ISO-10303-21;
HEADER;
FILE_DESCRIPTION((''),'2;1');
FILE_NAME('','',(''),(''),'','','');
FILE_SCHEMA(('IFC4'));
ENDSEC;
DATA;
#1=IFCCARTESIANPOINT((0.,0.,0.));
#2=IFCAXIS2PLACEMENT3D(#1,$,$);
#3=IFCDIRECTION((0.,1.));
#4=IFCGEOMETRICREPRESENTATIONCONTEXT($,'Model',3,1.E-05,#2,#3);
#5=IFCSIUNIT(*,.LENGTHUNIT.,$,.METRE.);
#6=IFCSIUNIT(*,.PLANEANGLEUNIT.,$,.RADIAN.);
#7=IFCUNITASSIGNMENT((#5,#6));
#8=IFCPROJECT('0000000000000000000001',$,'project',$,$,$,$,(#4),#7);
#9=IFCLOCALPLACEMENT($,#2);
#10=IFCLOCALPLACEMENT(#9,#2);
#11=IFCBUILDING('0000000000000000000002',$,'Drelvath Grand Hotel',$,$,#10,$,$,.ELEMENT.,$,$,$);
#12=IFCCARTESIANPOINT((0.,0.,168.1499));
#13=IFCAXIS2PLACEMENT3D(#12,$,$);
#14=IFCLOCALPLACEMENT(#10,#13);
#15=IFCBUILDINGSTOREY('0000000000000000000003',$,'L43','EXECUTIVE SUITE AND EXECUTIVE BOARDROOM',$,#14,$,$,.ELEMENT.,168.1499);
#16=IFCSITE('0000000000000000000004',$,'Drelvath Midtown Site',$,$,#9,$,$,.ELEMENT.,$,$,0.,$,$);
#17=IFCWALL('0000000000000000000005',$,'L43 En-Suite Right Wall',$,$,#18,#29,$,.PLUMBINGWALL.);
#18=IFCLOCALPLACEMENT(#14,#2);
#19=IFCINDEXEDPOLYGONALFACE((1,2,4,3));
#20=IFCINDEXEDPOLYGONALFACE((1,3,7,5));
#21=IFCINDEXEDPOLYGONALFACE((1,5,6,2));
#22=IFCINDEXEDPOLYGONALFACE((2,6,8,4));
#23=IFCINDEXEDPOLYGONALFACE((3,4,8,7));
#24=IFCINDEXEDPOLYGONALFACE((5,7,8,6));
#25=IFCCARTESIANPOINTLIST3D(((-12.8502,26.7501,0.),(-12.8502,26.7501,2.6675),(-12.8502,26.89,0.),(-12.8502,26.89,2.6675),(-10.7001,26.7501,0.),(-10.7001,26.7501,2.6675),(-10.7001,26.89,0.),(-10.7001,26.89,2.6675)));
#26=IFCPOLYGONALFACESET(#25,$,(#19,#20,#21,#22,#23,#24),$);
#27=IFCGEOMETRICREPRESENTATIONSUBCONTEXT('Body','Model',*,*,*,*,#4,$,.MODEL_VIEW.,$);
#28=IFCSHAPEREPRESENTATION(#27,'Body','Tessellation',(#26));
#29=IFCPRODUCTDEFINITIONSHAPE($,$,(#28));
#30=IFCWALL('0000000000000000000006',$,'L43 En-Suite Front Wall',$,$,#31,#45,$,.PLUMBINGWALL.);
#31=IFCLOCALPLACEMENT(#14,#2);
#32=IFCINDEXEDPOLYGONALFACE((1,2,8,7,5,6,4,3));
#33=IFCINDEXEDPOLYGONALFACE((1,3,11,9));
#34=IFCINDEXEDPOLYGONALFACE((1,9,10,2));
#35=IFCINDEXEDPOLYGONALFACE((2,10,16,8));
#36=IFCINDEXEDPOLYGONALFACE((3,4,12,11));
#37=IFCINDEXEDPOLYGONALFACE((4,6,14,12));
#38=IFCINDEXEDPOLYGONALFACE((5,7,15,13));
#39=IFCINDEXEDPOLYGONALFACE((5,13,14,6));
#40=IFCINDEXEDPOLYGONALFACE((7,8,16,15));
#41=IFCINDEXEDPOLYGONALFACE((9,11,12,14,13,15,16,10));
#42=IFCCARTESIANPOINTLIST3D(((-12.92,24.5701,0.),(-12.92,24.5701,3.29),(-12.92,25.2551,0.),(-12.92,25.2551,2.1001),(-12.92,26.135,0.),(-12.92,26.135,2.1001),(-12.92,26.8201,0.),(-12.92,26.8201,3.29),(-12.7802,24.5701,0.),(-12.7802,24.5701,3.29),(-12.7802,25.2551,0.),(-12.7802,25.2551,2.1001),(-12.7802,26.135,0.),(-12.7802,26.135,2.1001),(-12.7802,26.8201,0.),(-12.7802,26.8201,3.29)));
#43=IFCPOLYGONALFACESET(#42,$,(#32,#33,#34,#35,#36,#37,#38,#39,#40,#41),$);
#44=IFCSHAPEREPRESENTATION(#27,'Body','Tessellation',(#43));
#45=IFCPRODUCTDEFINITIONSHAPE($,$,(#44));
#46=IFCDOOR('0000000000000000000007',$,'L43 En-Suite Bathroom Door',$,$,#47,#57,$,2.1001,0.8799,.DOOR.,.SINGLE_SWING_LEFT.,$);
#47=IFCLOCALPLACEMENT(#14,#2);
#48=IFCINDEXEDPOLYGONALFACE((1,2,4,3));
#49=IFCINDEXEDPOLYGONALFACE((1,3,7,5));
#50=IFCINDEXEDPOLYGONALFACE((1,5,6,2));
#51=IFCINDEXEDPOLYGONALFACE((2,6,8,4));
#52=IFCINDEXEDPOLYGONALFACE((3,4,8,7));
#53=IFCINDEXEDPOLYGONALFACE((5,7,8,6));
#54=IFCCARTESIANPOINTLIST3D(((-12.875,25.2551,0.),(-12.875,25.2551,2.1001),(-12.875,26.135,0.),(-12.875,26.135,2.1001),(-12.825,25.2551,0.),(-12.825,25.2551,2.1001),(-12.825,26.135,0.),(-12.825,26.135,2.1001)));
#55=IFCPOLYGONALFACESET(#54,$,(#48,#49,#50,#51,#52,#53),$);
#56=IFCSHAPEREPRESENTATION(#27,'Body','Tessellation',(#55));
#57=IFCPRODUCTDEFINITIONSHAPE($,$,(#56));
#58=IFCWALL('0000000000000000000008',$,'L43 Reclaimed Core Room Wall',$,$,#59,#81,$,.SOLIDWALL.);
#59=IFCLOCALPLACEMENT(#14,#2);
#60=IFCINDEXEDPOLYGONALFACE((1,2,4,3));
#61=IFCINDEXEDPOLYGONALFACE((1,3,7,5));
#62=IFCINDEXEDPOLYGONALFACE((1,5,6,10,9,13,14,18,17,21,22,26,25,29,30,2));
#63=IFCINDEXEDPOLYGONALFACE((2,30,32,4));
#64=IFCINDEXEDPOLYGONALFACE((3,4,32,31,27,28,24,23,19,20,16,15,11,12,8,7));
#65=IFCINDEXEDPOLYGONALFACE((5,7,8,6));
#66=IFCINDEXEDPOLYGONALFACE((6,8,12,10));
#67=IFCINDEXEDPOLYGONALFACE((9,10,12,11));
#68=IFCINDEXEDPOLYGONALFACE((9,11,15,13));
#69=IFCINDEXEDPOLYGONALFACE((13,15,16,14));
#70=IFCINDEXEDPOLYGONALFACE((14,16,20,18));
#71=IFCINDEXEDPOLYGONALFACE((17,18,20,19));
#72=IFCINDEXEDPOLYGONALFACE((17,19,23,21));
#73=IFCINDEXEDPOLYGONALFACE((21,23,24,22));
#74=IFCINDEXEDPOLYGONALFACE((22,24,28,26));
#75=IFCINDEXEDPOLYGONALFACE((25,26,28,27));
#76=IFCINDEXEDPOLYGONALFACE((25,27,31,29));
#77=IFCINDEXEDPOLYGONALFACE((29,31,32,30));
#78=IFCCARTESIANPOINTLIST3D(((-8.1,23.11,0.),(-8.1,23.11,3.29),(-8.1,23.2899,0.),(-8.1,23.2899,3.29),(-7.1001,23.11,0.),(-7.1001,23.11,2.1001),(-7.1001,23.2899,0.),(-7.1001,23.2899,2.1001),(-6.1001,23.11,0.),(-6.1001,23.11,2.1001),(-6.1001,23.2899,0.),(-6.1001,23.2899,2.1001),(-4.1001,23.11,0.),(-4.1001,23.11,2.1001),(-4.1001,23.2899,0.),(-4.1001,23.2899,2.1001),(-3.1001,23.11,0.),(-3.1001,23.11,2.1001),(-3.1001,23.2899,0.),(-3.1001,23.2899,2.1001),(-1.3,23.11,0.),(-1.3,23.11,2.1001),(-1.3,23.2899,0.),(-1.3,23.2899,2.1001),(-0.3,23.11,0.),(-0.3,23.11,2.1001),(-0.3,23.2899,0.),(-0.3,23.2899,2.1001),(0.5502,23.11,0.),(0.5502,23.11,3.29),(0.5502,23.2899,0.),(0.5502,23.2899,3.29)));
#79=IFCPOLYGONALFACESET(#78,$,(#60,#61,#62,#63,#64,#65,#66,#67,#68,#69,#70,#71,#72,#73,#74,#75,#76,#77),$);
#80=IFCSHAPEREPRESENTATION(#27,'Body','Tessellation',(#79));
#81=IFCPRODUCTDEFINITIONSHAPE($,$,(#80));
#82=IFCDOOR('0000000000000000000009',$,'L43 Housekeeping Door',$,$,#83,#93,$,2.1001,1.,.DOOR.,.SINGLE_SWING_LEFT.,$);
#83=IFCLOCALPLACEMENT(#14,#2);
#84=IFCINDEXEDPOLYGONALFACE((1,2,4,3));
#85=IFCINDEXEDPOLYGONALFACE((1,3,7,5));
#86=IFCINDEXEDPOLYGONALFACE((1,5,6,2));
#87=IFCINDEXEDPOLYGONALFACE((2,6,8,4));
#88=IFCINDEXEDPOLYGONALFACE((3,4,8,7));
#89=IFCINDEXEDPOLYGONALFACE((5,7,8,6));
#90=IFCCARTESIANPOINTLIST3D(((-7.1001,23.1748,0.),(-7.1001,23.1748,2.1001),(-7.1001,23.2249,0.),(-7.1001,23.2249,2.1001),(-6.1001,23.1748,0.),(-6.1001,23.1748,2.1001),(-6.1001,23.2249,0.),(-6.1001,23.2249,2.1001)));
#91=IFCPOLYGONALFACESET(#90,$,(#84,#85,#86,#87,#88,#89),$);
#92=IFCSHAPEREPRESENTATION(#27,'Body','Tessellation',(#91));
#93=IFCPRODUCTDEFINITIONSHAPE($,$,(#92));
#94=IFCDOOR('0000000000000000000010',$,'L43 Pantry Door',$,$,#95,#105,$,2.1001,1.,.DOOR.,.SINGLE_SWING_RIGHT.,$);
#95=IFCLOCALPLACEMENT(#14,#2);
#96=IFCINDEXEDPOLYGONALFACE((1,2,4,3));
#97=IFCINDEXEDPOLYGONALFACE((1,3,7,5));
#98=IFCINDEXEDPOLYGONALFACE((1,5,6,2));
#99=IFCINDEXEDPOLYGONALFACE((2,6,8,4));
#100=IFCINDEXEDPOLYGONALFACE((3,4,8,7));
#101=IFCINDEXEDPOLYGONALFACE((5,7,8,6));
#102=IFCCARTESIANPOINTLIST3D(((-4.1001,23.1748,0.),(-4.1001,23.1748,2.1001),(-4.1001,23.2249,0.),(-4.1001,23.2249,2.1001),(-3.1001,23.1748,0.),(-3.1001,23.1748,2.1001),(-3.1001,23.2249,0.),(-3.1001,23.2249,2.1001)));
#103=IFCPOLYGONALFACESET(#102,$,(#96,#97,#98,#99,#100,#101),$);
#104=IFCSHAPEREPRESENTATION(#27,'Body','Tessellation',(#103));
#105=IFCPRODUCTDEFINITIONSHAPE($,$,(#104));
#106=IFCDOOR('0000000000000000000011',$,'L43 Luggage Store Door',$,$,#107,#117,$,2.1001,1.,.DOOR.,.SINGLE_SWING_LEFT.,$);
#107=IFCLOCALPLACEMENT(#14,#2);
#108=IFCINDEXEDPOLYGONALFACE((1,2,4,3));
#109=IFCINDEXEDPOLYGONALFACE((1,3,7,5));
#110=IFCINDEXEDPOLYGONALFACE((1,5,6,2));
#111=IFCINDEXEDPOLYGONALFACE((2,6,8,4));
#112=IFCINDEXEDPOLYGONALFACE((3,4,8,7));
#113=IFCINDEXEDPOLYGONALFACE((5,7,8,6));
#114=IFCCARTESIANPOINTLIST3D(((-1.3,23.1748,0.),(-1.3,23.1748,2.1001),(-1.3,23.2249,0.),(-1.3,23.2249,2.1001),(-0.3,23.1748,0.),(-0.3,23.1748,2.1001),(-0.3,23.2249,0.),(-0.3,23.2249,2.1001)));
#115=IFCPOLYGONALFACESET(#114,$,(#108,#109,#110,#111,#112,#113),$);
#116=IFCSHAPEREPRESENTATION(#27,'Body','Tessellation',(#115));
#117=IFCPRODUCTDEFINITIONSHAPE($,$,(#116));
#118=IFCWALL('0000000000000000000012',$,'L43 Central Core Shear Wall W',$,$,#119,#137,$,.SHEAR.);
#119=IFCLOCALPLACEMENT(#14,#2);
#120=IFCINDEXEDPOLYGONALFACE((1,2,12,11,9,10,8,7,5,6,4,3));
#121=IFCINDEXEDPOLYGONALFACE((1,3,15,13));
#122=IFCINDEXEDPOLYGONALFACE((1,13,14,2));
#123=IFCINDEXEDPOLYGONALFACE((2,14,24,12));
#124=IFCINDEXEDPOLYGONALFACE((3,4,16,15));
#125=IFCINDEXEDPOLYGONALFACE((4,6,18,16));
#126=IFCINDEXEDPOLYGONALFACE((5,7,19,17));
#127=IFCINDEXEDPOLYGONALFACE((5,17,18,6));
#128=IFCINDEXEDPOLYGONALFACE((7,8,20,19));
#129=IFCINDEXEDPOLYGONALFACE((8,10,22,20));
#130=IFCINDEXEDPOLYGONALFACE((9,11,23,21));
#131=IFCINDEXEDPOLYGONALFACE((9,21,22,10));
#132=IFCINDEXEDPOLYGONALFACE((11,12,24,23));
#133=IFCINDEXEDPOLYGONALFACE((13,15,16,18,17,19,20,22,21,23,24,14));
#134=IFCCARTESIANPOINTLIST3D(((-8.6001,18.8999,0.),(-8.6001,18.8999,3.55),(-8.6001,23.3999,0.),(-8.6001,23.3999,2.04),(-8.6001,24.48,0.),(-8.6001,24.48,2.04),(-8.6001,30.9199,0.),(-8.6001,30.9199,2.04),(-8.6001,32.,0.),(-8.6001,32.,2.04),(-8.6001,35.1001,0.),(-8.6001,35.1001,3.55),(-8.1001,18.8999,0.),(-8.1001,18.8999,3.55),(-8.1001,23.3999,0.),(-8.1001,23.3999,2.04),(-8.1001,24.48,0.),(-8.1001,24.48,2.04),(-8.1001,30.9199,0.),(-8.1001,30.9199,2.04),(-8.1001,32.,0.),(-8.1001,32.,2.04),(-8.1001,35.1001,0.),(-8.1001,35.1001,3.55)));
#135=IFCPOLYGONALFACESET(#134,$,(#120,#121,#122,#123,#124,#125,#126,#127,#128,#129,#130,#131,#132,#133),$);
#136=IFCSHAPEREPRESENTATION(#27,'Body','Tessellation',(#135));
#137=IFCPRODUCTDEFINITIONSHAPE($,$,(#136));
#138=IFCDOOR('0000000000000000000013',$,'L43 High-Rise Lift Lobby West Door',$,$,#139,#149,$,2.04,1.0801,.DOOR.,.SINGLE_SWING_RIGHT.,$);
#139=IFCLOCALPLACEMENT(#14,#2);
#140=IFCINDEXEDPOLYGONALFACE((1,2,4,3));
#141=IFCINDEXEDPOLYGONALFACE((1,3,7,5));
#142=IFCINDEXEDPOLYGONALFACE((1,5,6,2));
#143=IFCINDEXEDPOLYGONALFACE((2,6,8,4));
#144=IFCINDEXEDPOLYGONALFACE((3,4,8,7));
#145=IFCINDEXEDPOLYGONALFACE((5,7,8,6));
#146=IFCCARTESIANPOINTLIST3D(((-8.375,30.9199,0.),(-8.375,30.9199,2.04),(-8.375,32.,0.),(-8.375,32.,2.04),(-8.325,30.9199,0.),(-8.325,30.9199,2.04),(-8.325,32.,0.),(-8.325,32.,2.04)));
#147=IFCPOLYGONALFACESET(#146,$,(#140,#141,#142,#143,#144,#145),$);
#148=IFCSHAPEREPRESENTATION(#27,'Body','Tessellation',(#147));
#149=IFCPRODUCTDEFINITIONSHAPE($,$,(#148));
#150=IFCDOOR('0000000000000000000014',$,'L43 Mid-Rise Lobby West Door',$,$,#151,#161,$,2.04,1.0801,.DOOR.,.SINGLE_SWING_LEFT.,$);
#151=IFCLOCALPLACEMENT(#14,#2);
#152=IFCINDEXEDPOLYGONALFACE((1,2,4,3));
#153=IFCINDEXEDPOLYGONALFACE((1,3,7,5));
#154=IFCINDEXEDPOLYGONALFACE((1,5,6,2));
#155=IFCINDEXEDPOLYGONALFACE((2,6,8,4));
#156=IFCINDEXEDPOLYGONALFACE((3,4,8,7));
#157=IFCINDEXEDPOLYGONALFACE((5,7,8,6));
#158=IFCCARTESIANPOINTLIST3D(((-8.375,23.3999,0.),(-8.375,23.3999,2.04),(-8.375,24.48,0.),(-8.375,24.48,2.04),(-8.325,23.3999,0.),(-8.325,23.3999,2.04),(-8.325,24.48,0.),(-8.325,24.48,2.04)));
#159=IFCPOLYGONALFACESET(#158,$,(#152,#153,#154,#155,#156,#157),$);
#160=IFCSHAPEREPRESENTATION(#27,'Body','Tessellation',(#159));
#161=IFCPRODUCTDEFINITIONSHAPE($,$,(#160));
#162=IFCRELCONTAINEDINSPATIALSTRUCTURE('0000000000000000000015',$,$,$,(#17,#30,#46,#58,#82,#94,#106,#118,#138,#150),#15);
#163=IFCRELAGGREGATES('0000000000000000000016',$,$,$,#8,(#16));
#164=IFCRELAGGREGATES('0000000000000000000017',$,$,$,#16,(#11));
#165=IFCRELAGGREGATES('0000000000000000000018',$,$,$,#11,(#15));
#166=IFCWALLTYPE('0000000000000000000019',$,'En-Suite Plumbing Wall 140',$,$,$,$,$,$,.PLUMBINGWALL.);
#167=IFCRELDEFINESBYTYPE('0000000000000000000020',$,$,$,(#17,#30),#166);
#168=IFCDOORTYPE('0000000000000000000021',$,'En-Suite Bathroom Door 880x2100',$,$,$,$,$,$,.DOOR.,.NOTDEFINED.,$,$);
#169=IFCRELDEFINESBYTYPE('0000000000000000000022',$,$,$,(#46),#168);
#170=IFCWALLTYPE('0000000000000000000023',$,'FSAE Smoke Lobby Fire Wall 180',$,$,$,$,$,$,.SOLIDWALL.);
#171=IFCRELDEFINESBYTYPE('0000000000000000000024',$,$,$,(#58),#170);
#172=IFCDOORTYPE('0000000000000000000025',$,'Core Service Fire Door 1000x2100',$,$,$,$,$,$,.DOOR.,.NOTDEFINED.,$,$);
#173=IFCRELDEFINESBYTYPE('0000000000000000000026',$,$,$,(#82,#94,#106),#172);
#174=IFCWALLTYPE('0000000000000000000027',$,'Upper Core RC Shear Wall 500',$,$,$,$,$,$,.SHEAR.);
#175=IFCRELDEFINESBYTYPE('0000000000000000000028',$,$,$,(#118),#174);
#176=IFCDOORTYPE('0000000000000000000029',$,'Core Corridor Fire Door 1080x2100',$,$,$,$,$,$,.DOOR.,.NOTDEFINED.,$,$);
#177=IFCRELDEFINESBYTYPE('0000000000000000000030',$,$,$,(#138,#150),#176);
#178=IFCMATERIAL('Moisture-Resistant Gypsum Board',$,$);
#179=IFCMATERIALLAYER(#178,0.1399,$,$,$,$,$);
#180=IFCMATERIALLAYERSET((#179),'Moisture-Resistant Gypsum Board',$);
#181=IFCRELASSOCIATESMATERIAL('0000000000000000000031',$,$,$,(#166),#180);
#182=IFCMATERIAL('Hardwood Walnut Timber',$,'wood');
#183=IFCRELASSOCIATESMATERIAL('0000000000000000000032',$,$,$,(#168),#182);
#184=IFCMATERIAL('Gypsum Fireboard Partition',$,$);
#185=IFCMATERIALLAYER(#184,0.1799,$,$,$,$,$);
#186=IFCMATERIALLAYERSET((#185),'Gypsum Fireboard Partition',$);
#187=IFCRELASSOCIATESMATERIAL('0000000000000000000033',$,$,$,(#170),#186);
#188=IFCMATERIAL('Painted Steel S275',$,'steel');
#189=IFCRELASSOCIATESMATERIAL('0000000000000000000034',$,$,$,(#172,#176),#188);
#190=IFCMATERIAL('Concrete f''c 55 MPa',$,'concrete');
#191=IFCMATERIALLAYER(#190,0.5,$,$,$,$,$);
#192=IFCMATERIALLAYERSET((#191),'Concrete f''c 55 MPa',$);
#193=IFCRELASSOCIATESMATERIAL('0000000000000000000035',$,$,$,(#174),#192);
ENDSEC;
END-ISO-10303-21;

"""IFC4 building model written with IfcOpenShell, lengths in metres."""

from ifc_helpers import new_model, si_unit, direction, frame, frame_2d, origin, place, context, subcontext, project, spatial, rectangle, extrude, material, layer, layer_set, type_object, element, fill, save


model = new_model("IFC4")

# Units and contexts
model_context = context("Model", 3, precision=1e-05, world=origin(), true_north=direction((0.0, 1.0)))
body_context = subcontext(model_context, "Body", "Model", "MODEL_VIEW")
ifc_project = project(units=[si_unit("LENGTHUNIT", "METRE"), si_unit("PLANEANGLEUNIT", "RADIAN")], contexts=[model_context])

# Site, building, storey
site_placement = place(None, origin())
site = spatial("IfcSite", under=ifc_project, at=site_placement, Name="Drelvath Midtown Site", CompositionType="ELEMENT", RefElevation=0.0)
building_placement = place(site_placement, origin())
building = spatial("IfcBuilding", under=site, at=building_placement, Name="Drelvath Grand Hotel", CompositionType="ELEMENT")
storey_placement = place(building_placement, frame((0.0, 0.0, 168.1499)))
storey = spatial("IfcBuildingStorey", under=building, at=storey_placement, Name="L43", Description="EXECUTIVE SUITE AND EXECUTIVE BOARDROOM", CompositionType="ELEMENT", Elevation=168.1499)

# Shared definitions
ifc_material_1 = material(Name="Concrete f'c 55 MPa", Category="concrete")

# Shared definitions
ifc_material_2 = material(Name="Gypsum Fireboard Partition")
ifc_material_3 = material(Name="Painted Steel S275", Category="steel")

# Shared definitions
ifc_material_4 = material(Name="Hardwood Walnut Timber", Category="wood")

# Wall
ifc_material_5 = material(Name="Moisture-Resistant Gypsum Board")
ifc_layer_1 = layer(ifc_material_5, 0.1399)
ifc_layer_set_1 = layer_set([ifc_layer_1], Name="Moisture-Resistant Gypsum Board")
wall_type_1 = type_object("IfcWallType", Name="En-Suite Plumbing Wall 140", PredefinedType="PLUMBINGWALL", material=ifc_layer_set_1)
wall_1_placement = place(storey_placement, frame((-10.7, 26.8201, 0.0), z_axis=(0.0, 0.0, 1.0), x_axis=(-1.0, 0.0, 0.0)))
element("IfcWall", 1, at=wall_1_placement, inside=storey, type_object=wall_type_1, Name="L43 En-Suite Right Wall", PredefinedType="PLUMBINGWALL", context=body_context, shape_type="SweptSolid", body=[
    extrude(rectangle(XDim=2.1501, YDim=0.1399, at=frame_2d((1.0752, 0.0))), origin(), (0.0, 0.0, 1.0), 2.6675),
])

# Wall, opening, door
wall_2_placement = place(storey_placement, frame((-12.8501, 24.5701, 0.0), z_axis=(0.0, 0.0, 1.0), x_axis=(0.0, 1.0, 0.0)))
wall_2 = element("IfcWall", 2, at=wall_2_placement, inside=storey, type_object=wall_type_1, Name="L43 En-Suite Front Wall", PredefinedType="PLUMBINGWALL", context=body_context, shape_type="SweptSolid", body=[
    extrude(rectangle(XDim=2.25, YDim=0.1399, at=frame_2d((1.125, 0.0))), origin(), (0.0, 0.0, 1.0), 3.29),
])
opening_1_placement = place(wall_2_placement, frame((0.6851, 0.0, 0.0)))
opening_1 = element("IfcOpeningElement", 3, at=opening_1_placement, cuts=wall_2, PredefinedType="OPENING", context=body_context, shape_type="SweptSolid", body=[
    extrude(rectangle(XDim=0.8799, YDim=2.1001, at=frame_2d((0.4399, 1.05))), frame((0.0, 0.0798, 0.0), z_axis=(0.0, -1.0, 0.0), x_axis=(1.0, 0.0, 0.0)), (0.0, 0.0, 1.0), 0.1599),
])
door_type_1 = type_object("IfcDoorType", Name="En-Suite Bathroom Door 880x2100", OperationType="NOTDEFINED", PredefinedType="DOOR", material=ifc_material_4)
door_1_placement = place(opening_1_placement, origin())
door_1 = element("IfcDoor", 4, at=door_1_placement, inside=storey, type_object=door_type_1, Name="L43 En-Suite Bathroom Door", OperationType="SINGLE_SWING_LEFT", OverallHeight=2.1001, OverallWidth=0.8799, PredefinedType="DOOR", context=body_context, shape_type="SweptSolid", body=[
    extrude(rectangle(XDim=0.8799, YDim=2.1001, at=frame_2d((0.4399, 1.05))), frame((0.0, 0.0249, 0.0), z_axis=(0.0, -1.0, 0.0), x_axis=(1.0, 0.0, 0.0)), (0.0, 0.0, 1.0), 0.05),
])
fill(opening_1, door_1)

# Walls, openings, doors
ifc_layer_2 = layer(ifc_material_2, 0.1799)
ifc_layer_set_2 = layer_set([ifc_layer_2], Name="Gypsum Fireboard Partition")
wall_type_2 = type_object("IfcWallType", Name="FSAE Smoke Lobby Fire Wall 180", PredefinedType="SOLIDWALL", material=ifc_layer_set_2)
wall_3_placement = place(storey_placement, frame((-8.1001, 23.2, 0.0), z_axis=(0.0, 0.0, 1.0), x_axis=(1.0, 0.0, 0.0)))
wall_3 = element("IfcWall", 5, at=wall_3_placement, inside=storey, type_object=wall_type_2, Name="L43 Reclaimed Core Room Wall", PredefinedType="SOLIDWALL", context=body_context, shape_type="SweptSolid", body=[
    extrude(rectangle(XDim=8.6501, YDim=0.1799, at=frame_2d((4.3252, 0.0))), origin(), (0.0, 0.0, 1.0), 3.29),
])
opening_2_placement = place(wall_3_placement, frame((1.0, 0.0, 0.0)))
opening_2 = element("IfcOpeningElement", 6, at=opening_2_placement, cuts=wall_3, PredefinedType="OPENING", context=body_context, shape_type="SweptSolid", body=[
    extrude(rectangle(XDim=1.0, YDim=2.1001, at=frame_2d((0.5, 1.05))), frame((0.0, 0.0999, 0.0), z_axis=(0.0, -1.0, 0.0), x_axis=(1.0, 0.0, 0.0)), (0.0, 0.0, 1.0), 0.2),
])
opening_3_placement = place(wall_3_placement, frame((4.0, 0.0, 0.0)))
opening_3 = element("IfcOpeningElement", 7, at=opening_3_placement, cuts=wall_3, PredefinedType="OPENING", context=body_context, shape_type="SweptSolid", body=[
    extrude(rectangle(XDim=1.0, YDim=2.1001, at=frame_2d((0.5, 1.05))), frame((0.0, 0.0999, 0.0), z_axis=(0.0, -1.0, 0.0), x_axis=(1.0, 0.0, 0.0)), (0.0, 0.0, 1.0), 0.2),
])
opening_4_placement = place(wall_3_placement, frame((6.8, 0.0, 0.0)))
opening_4 = element("IfcOpeningElement", 8, at=opening_4_placement, cuts=wall_3, PredefinedType="OPENING", context=body_context, shape_type="SweptSolid", body=[
    extrude(rectangle(XDim=1.0, YDim=2.1001, at=frame_2d((0.5, 1.05))), frame((0.0, 0.0999, 0.0), z_axis=(0.0, -1.0, 0.0), x_axis=(1.0, 0.0, 0.0)), (0.0, 0.0, 1.0), 0.2),
])
door_type_2 = type_object("IfcDoorType", Name="Core Service Fire Door 1000x2100", OperationType="NOTDEFINED", PredefinedType="DOOR", material=ifc_material_3)
door_2_placement = place(opening_2_placement, origin())
door_2 = element("IfcDoor", 9, at=door_2_placement, inside=storey, type_object=door_type_2, Name="L43 Housekeeping Door", OperationType="SINGLE_SWING_LEFT", OverallHeight=2.1001, OverallWidth=1.0, PredefinedType="DOOR", context=body_context, shape_type="SweptSolid", body=[
    extrude(rectangle(XDim=1.0, YDim=2.1001, at=frame_2d((0.5, 1.05))), frame((0.0, 0.0249, 0.0), z_axis=(0.0, -1.0, 0.0), x_axis=(1.0, 0.0, 0.0)), (0.0, 0.0, 1.0), 0.05),
])
fill(opening_2, door_2)
door_3_placement = place(opening_3_placement, origin())
door_3 = element("IfcDoor", 10, at=door_3_placement, inside=storey, type_object=door_type_2, Name="L43 Pantry Door", OperationType="SINGLE_SWING_RIGHT", OverallHeight=2.1001, OverallWidth=1.0, PredefinedType="DOOR", context=body_context, shape_type="SweptSolid", body=[
    extrude(rectangle(XDim=1.0, YDim=2.1001, at=frame_2d((0.5, 1.05))), frame((0.0, 0.0249, 0.0), z_axis=(0.0, -1.0, 0.0), x_axis=(1.0, 0.0, 0.0)), (0.0, 0.0, 1.0), 0.05),
])
fill(opening_3, door_3)
door_4_placement = place(opening_4_placement, origin())
door_4 = element("IfcDoor", 11, at=door_4_placement, inside=storey, type_object=door_type_2, Name="L43 Luggage Store Door", OperationType="SINGLE_SWING_LEFT", OverallHeight=2.1001, OverallWidth=1.0, PredefinedType="DOOR", context=body_context, shape_type="SweptSolid", body=[
    extrude(rectangle(XDim=1.0, YDim=2.1001, at=frame_2d((0.5, 1.05))), frame((0.0, 0.0249, 0.0), z_axis=(0.0, -1.0, 0.0), x_axis=(1.0, 0.0, 0.0)), (0.0, 0.0, 1.0), 0.05),
])
fill(opening_4, door_4)
ifc_layer_3 = layer(ifc_material_1, 0.5)
ifc_layer_set_3 = layer_set([ifc_layer_3], Name="Concrete f'c 55 MPa")
wall_type_3 = type_object("IfcWallType", Name="Upper Core RC Shear Wall 500", PredefinedType="SHEAR", material=ifc_layer_set_3)
wall_4_placement = place(storey_placement, frame((-8.3501, 18.8999, 0.0), z_axis=(0.0, 0.0, 1.0), x_axis=(0.0, 1.0, 0.0)))
wall_4 = element("IfcWall", 12, at=wall_4_placement, inside=storey, type_object=wall_type_3, Name="L43 Central Core Shear Wall W", PredefinedType="SHEAR", context=body_context, shape_type="SweptSolid", body=[
    extrude(rectangle(XDim=16.2002, YDim=0.5, at=frame_2d((8.1001, 0.0))), origin(), (0.0, 0.0, 1.0), 3.55),
])
opening_5_placement = place(wall_4_placement, frame((12.02, 0.0, 0.0)))
opening_5 = element("IfcOpeningElement", 13, at=opening_5_placement, cuts=wall_4, PredefinedType="OPENING", context=body_context, shape_type="SweptSolid", body=[
    extrude(rectangle(XDim=1.0801, YDim=2.04, at=frame_2d((0.54, 1.02))), frame((0.0, 0.26, 0.0), z_axis=(0.0, -1.0, 0.0), x_axis=(1.0, 0.0, 0.0)), (0.0, 0.0, 1.0), 0.52),
])
opening_6_placement = place(wall_4_placement, frame((4.5, 0.0, 0.0)))
opening_6 = element("IfcOpeningElement", 14, at=opening_6_placement, cuts=wall_4, PredefinedType="OPENING", context=body_context, shape_type="SweptSolid", body=[
    extrude(rectangle(XDim=1.0801, YDim=2.04, at=frame_2d((0.54, 1.02))), frame((0.0, 0.26, 0.0), z_axis=(0.0, -1.0, 0.0), x_axis=(1.0, 0.0, 0.0)), (0.0, 0.0, 1.0), 0.52),
])
door_type_3 = type_object("IfcDoorType", Name="Core Corridor Fire Door 1080x2100", OperationType="NOTDEFINED", PredefinedType="DOOR", material=ifc_material_3)
door_5_placement = place(opening_5_placement, origin())
door_5 = element("IfcDoor", 15, at=door_5_placement, inside=storey, type_object=door_type_3, Name="L43 High-Rise Lift Lobby West Door", OperationType="SINGLE_SWING_RIGHT", OverallHeight=2.04, OverallWidth=1.0801, PredefinedType="DOOR", context=body_context, shape_type="SweptSolid", body=[
    extrude(rectangle(XDim=1.0801, YDim=2.04, at=frame_2d((0.54, 1.02))), frame((0.0, 0.0249, 0.0), z_axis=(0.0, -1.0, 0.0), x_axis=(1.0, 0.0, 0.0)), (0.0, 0.0, 1.0), 0.05),
])
fill(opening_5, door_5)
door_6_placement = place(opening_6_placement, origin())
door_6 = element("IfcDoor", 16, at=door_6_placement, inside=storey, type_object=door_type_3, Name="L43 Mid-Rise Lobby West Door", OperationType="SINGLE_SWING_LEFT", OverallHeight=2.04, OverallWidth=1.0801, PredefinedType="DOOR", context=body_context, shape_type="SweptSolid", body=[
    extrude(rectangle(XDim=1.0801, YDim=2.04, at=frame_2d((0.54, 1.02))), frame((0.0, 0.0249, 0.0), z_axis=(0.0, -1.0, 0.0), x_axis=(1.0, 0.0, 0.0)), (0.0, 0.0, 1.0), 0.05),
])
fill(opening_6, door_6)

save(model, "model.ifc")
